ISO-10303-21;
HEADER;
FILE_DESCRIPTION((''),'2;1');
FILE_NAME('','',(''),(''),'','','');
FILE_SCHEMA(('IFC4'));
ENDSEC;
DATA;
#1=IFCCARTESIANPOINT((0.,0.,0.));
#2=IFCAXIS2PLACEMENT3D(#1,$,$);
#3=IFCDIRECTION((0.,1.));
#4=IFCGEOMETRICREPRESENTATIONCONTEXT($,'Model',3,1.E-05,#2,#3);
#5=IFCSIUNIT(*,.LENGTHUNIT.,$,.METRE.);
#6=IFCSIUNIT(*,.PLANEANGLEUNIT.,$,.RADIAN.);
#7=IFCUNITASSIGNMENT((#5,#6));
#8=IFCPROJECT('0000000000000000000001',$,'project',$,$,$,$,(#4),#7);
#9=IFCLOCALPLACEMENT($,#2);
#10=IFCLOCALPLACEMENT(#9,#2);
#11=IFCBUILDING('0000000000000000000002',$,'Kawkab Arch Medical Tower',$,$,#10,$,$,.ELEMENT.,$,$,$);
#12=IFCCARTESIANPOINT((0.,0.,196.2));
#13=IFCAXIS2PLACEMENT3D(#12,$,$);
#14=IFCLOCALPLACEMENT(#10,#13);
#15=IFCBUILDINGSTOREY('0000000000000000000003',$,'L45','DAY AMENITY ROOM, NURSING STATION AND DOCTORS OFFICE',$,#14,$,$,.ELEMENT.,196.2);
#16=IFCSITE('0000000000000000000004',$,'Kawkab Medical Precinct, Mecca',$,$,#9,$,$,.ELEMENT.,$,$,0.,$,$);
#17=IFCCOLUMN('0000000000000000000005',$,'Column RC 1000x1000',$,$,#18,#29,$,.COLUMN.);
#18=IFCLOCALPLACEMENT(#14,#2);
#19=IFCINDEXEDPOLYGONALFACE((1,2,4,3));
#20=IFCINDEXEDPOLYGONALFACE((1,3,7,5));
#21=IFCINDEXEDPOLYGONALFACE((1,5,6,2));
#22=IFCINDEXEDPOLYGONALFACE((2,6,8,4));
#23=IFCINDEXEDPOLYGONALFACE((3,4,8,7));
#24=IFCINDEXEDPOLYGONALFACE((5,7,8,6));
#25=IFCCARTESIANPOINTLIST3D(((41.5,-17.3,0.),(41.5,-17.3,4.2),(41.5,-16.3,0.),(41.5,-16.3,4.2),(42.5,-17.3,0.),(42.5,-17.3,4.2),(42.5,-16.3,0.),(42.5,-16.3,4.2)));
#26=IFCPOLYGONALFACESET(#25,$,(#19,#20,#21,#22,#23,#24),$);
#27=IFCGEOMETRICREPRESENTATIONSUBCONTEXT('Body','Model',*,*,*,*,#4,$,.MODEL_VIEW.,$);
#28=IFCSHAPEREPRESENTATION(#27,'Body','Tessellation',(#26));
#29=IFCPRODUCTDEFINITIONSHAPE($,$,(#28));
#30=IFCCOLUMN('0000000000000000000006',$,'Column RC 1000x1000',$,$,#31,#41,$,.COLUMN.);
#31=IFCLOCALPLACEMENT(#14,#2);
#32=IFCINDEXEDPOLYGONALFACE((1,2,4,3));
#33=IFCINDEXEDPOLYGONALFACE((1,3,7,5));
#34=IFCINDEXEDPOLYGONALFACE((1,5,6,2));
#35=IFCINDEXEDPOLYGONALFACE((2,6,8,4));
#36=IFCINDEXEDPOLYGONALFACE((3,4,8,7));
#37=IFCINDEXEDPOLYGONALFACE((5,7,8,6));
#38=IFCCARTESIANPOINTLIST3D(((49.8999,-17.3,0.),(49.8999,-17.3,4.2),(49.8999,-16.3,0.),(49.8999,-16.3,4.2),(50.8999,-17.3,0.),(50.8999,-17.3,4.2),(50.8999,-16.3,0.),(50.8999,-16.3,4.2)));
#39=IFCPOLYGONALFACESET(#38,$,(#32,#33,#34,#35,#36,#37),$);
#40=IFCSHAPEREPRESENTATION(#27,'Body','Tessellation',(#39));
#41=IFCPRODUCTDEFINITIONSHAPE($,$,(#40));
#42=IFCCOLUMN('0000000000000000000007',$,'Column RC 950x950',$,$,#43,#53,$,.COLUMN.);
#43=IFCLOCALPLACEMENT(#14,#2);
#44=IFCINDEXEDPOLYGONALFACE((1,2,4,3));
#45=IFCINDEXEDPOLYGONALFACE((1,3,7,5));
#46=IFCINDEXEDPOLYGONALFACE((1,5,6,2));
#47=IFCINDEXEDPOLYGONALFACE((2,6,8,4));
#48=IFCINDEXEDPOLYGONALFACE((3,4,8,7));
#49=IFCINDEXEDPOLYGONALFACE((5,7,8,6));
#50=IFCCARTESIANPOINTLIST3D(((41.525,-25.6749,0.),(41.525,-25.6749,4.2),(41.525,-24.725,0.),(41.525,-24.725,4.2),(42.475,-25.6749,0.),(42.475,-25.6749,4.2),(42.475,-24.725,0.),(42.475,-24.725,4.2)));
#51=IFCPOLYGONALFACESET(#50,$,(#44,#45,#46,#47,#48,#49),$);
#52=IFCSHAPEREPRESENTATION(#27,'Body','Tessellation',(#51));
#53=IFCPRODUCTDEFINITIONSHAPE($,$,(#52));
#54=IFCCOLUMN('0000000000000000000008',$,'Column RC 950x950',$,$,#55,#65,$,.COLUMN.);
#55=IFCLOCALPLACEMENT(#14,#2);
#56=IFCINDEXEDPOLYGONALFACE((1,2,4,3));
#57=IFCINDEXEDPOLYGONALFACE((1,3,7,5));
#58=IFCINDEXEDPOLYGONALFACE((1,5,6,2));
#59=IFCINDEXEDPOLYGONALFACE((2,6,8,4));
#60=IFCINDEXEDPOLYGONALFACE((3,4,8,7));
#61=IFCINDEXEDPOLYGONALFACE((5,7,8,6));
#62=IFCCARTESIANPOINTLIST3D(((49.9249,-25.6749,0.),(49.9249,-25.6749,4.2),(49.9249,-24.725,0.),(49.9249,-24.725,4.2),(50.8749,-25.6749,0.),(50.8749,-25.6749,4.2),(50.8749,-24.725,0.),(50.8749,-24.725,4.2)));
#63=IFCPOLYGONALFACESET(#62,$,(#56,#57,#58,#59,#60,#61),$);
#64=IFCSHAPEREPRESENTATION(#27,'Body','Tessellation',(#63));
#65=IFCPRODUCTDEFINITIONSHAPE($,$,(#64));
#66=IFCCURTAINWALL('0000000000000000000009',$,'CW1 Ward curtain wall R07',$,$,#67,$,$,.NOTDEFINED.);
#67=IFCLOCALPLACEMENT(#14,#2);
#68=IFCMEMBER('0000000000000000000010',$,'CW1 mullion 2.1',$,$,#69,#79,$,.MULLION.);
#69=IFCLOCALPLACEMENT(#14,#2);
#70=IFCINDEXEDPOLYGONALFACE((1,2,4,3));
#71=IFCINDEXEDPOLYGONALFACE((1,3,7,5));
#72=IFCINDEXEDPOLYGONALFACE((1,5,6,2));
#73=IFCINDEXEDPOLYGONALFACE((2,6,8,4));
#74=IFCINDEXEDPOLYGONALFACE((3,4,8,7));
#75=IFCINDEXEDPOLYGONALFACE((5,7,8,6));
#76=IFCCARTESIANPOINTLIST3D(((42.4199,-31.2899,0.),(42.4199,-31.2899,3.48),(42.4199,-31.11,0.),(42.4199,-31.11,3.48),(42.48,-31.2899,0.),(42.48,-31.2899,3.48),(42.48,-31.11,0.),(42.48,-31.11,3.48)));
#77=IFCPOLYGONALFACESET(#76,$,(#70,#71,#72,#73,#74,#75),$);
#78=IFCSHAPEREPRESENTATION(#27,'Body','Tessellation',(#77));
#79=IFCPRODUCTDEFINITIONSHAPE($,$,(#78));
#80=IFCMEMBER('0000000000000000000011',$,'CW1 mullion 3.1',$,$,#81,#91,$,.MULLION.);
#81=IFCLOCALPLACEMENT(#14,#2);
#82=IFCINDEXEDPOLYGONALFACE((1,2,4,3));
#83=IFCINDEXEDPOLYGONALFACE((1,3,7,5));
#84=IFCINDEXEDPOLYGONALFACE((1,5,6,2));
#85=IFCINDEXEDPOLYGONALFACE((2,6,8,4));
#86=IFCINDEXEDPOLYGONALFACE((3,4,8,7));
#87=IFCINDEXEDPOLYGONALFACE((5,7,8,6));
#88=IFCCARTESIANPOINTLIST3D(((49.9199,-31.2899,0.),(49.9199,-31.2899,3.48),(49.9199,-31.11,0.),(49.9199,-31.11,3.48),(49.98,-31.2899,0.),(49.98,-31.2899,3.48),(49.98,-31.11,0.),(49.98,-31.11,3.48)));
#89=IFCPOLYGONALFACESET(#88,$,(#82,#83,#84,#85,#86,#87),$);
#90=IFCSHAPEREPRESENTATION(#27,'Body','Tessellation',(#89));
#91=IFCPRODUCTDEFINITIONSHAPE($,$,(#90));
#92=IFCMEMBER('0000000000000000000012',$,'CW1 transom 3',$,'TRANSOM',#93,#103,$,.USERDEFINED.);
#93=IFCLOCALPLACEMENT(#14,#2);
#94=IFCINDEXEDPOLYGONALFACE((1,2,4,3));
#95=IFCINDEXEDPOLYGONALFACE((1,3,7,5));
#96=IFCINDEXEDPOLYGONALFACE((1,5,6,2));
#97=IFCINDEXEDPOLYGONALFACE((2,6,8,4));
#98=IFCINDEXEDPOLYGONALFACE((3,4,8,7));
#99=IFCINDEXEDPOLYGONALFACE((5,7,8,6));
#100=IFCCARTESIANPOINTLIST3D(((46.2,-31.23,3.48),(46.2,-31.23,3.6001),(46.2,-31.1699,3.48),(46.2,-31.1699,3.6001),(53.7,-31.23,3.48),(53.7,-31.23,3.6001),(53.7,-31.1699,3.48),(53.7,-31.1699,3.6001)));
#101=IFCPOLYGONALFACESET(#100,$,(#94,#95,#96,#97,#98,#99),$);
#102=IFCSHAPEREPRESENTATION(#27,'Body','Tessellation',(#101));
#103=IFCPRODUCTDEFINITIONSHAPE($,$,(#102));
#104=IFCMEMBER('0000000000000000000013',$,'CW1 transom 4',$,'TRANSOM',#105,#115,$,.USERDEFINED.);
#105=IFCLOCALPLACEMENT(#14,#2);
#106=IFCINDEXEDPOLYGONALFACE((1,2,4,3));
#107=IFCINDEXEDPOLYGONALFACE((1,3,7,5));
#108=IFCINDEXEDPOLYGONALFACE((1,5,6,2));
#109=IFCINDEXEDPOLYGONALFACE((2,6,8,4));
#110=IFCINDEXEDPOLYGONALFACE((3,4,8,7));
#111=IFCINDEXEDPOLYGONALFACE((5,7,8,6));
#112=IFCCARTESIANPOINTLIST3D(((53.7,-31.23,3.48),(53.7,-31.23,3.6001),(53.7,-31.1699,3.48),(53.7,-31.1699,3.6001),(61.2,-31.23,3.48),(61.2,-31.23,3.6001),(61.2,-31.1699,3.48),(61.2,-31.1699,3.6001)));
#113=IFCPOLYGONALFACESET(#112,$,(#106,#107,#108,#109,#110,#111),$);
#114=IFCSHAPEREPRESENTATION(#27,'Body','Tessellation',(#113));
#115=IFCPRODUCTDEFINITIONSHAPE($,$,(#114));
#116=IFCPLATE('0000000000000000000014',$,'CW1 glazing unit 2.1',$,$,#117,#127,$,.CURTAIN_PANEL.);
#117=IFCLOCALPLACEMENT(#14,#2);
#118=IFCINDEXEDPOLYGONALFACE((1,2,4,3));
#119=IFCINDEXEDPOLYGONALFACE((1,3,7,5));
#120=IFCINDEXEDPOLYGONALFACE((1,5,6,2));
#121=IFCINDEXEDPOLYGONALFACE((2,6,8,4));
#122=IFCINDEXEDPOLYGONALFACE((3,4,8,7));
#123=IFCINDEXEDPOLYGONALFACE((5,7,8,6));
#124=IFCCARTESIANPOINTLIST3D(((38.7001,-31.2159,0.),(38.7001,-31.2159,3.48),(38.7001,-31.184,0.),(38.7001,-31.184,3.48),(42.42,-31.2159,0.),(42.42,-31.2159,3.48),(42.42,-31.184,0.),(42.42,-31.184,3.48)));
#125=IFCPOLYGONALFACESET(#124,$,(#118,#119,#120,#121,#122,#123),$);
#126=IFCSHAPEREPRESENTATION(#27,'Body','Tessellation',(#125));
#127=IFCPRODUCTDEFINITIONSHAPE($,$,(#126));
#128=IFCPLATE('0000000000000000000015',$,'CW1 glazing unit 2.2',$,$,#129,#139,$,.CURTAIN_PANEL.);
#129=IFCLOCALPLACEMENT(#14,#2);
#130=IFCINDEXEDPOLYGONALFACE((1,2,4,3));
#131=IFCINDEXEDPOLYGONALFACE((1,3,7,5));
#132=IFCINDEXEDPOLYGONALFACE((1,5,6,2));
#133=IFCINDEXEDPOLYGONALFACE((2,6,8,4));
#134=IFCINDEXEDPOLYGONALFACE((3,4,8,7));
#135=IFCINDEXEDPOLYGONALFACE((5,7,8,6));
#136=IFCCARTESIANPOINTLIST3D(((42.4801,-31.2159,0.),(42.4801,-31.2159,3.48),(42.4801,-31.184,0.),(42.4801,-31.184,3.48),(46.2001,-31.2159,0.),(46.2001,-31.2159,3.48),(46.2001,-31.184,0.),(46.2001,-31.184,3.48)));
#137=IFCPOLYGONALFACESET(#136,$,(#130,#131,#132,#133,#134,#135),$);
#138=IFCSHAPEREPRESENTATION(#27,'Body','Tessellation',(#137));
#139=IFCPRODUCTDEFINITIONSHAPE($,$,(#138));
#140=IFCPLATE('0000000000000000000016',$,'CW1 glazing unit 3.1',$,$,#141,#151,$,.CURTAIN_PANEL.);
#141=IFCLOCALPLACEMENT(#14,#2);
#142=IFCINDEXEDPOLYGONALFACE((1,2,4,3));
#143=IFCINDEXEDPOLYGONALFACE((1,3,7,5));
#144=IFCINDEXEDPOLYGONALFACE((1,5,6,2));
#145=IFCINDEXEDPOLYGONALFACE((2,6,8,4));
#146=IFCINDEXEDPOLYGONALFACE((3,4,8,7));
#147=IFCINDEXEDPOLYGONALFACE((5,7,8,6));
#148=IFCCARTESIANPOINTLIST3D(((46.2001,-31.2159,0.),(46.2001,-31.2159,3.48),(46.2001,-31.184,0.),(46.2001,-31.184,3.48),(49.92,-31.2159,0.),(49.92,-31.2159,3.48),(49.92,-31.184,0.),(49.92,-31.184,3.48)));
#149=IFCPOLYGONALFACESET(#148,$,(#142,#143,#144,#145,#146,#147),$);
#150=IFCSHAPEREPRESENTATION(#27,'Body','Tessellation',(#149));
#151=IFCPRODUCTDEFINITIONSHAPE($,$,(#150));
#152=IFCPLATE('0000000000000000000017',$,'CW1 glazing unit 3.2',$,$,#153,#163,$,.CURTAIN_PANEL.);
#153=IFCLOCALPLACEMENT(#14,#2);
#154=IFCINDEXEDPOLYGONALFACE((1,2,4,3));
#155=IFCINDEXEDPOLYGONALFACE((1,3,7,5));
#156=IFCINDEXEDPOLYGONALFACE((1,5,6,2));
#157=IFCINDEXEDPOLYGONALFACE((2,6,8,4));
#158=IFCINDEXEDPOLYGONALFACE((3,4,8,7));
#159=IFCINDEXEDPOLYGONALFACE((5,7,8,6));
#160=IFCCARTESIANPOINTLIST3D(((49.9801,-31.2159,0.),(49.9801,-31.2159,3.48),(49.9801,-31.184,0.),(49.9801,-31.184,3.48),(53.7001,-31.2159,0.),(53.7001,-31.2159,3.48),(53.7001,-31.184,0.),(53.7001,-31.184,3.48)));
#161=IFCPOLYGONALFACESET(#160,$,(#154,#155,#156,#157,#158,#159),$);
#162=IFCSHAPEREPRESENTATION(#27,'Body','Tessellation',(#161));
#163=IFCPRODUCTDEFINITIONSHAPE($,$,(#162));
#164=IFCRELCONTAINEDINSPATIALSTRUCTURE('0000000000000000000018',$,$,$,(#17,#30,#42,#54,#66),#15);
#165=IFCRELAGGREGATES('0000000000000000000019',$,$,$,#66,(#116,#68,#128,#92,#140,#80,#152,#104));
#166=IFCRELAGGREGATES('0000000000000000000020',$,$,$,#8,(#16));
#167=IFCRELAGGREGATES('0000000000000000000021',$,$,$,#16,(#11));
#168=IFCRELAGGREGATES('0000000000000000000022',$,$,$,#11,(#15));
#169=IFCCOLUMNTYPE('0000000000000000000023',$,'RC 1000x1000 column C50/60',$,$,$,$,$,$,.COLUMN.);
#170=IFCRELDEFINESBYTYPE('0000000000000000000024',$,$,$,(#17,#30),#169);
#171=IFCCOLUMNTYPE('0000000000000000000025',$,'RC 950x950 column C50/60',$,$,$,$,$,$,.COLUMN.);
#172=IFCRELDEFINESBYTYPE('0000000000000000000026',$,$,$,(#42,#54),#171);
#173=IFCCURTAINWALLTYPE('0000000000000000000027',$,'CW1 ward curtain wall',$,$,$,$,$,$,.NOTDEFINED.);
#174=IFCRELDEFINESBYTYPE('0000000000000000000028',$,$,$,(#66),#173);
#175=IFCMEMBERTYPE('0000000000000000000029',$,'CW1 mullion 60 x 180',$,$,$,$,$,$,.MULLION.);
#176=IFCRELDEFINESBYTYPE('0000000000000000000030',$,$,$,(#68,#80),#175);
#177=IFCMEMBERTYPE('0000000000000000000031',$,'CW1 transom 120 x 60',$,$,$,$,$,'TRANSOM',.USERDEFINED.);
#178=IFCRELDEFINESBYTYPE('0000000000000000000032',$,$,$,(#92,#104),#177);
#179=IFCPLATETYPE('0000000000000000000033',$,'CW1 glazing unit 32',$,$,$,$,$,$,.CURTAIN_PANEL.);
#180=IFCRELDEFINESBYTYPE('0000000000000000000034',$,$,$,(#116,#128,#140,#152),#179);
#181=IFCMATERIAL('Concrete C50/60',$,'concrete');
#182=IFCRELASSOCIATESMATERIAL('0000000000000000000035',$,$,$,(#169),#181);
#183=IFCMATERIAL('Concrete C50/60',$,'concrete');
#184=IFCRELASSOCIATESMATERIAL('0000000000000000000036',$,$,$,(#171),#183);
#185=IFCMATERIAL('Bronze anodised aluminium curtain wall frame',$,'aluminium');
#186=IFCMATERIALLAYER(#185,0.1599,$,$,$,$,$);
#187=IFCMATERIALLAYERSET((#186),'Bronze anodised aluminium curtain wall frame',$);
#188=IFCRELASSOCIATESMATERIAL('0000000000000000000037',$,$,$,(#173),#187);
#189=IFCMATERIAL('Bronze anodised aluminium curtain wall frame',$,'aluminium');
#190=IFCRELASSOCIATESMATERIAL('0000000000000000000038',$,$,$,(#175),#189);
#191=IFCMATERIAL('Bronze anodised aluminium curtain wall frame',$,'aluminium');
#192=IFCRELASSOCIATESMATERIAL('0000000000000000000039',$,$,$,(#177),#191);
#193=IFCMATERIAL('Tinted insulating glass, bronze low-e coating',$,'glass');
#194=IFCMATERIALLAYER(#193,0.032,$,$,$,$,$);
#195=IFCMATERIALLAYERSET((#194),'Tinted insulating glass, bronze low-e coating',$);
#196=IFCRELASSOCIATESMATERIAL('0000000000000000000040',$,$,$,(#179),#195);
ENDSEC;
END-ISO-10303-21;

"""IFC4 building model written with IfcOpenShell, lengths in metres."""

from ifc_helpers import new_model, si_unit, direction, frame, origin, origin_2d, place, context, subcontext, project, spatial, rectangle, extrude, material, layer, layer_set, material_profile, profile_set, type_object, element, aggregate, save


model = new_model("IFC4")

# Units and contexts
model_context = context("Model", 3, precision=1e-05, world=origin(), true_north=direction((0.0, 1.0)))
body_context = subcontext(model_context, "Body", "Model", "MODEL_VIEW")
ifc_project = project(units=[si_unit("LENGTHUNIT", "METRE"), si_unit("PLANEANGLEUNIT", "RADIAN")], contexts=[model_context])

# Site, building, storey
site_placement = place(None, origin())
site = spatial("IfcSite", under=ifc_project, at=site_placement, Name="Kawkab Medical Precinct, Mecca", CompositionType="ELEMENT", RefElevation=0.0)
building_placement = place(site_placement, origin())
building = spatial("IfcBuilding", under=site, at=building_placement, Name="Kawkab Arch Medical Tower", CompositionType="ELEMENT")
storey_placement = place(building_placement, frame((0.0, 0.0, 196.2)))
storey = spatial("IfcBuildingStorey", under=building, at=storey_placement, Name="L45", Description="DAY AMENITY ROOM, NURSING STATION AND DOCTORS OFFICE", CompositionType="ELEMENT", Elevation=196.2)

# Columns
ifc_material_1 = material(Name="Concrete C50/60", Category="concrete")
ifc_material_profile_1 = material_profile(ifc_material_1, rectangle(XDim=1.0, YDim=1.0, at=origin_2d()), Name="RC 1000x1000")
ifc_profile_set_1 = profile_set([ifc_material_profile_1], Name="Concrete C50/60")
column_type_1 = type_object("IfcColumnType", Name="RC 1000x1000 column C50/60", PredefinedType="COLUMN", material=ifc_profile_set_1)
for number, where, z_axis, x_axis, name in (
    (1, (42.0, -16.8, 0.0), (0.0, 0.0, 1.0), (1.0, 0.0, 0.0), "Column RC 1000x1000"),
    (2, (50.3999, -16.8, 0.0), (0.0, 0.0, 1.0), (1.0, 0.0, 0.0), "Column RC 1000x1000"),
):
    element("IfcColumn", number, at=place(storey_placement, frame(where, z_axis=z_axis, x_axis=x_axis)), inside=storey, type_object=column_type_1, Name=name, PredefinedType="COLUMN", context=body_context, shape_type="SweptSolid", body=[
        extrude(rectangle(XDim=1.0, YDim=1.0, at=origin_2d()), origin(), (0.0, 0.0, 1.0), 4.2),
    ])
ifc_material_2 = material(Name="Concrete C50/60", Category="concrete")
ifc_material_profile_2 = material_profile(ifc_material_2, rectangle(XDim=0.95, YDim=0.95, at=origin_2d()), Name="RC 950x950")
ifc_profile_set_2 = profile_set([ifc_material_profile_2], Name="Concrete C50/60")
column_type_2 = type_object("IfcColumnType", Name="RC 950x950 column C50/60", PredefinedType="COLUMN", material=ifc_profile_set_2)
for number, where, z_axis, x_axis, name in (
    (3, (42.0, -25.2, 0.0), (0.0, 0.0, 1.0), (1.0, 0.0, 0.0), "Column RC 950x950"),
    (4, (50.3999, -25.2, 0.0), (0.0, 0.0, 1.0), (1.0, 0.0, 0.0), "Column RC 950x950"),
):
    element("IfcColumn", number, at=place(storey_placement, frame(where, z_axis=z_axis, x_axis=x_axis)), inside=storey, type_object=column_type_2, Name=name, PredefinedType="COLUMN", context=body_context, shape_type="SweptSolid", body=[
        extrude(rectangle(XDim=0.95, YDim=0.95, at=origin_2d()), origin(), (0.0, 0.0, 1.0), 4.2),
    ])

# Curtain wall, members, plates
ifc_material_3 = material(Name="Bronze anodised aluminium curtain wall frame", Category="aluminium")
ifc_layer_1 = layer(ifc_material_3, 0.1599)
ifc_layer_set_1 = layer_set([ifc_layer_1], Name="Bronze anodised aluminium curtain wall frame")
curtain_wall_type = type_object("IfcCurtainWallType", Name="CW1 ward curtain wall", PredefinedType="NOTDEFINED", material=ifc_layer_set_1)
curtain_wall_placement = place(storey_placement, origin())
curtain_wall = element("IfcCurtainWall", 5, at=curtain_wall_placement, inside=storey, type_object=curtain_wall_type, Name="CW1 Ward curtain wall R07", PredefinedType="NOTDEFINED")
ifc_material_4 = material(Name="Bronze anodised aluminium curtain wall frame", Category="aluminium")
ifc_material_profile_3 = material_profile(ifc_material_4, rectangle(XDim=0.1799, YDim=0.0601, at=origin_2d()), Name="AL 60x180")
ifc_profile_set_3 = profile_set([ifc_material_profile_3], Name="Bronze anodised aluminium curtain wall frame")
member_type_1 = type_object("IfcMemberType", Name="CW1 mullion 60 x 180", PredefinedType="MULLION", material=ifc_profile_set_3)
member_1_placement = place(storey_placement, frame((42.45, -31.2, 0.0), z_axis=(0.0, 0.0, 1.0), x_axis=(0.0, 1.0, 0.0)))
member_1 = element("IfcMember", 6, at=member_1_placement, type_object=member_type_1, Name="CW1 mullion 2.1", PredefinedType="MULLION", context=body_context, shape_type="SweptSolid", body=[
    extrude(rectangle(XDim=0.1799, YDim=0.0601, at=origin_2d()), origin(), (0.0, 0.0, 1.0), 3.48),
])
member_2_placement = place(storey_placement, frame((49.95, -31.2, 0.0), z_axis=(0.0, 0.0, 1.0), x_axis=(0.0, 1.0, 0.0)))
member_2 = element("IfcMember", 7, at=member_2_placement, type_object=member_type_1, Name="CW1 mullion 3.1", PredefinedType="MULLION", context=body_context, shape_type="SweptSolid", body=[
    extrude(rectangle(XDim=0.1799, YDim=0.0601, at=origin_2d()), origin(), (0.0, 0.0, 1.0), 3.48),
])
ifc_material_5 = material(Name="Bronze anodised aluminium curtain wall frame", Category="aluminium")
ifc_material_profile_4 = material_profile(ifc_material_5, rectangle(XDim=0.0601, YDim=0.1201, at=origin_2d()), Name="AL 60x120")
ifc_profile_set_4 = profile_set([ifc_material_profile_4], Name="Bronze anodised aluminium curtain wall frame")
member_type_2 = type_object("IfcMemberType", Name="CW1 transom 120 x 60", ElementType="TRANSOM", PredefinedType="USERDEFINED", material=ifc_profile_set_4)
member_3_placement = place(storey_placement, frame((46.2, -31.2, 3.54), z_axis=(1.0, 0.0, 0.0), x_axis=(0.0, 1.0, 0.0)))
member_3 = element("IfcMember", 8, at=member_3_placement, type_object=member_type_2, Name="CW1 transom 3", ObjectType="TRANSOM", PredefinedType="USERDEFINED", context=body_context, shape_type="SweptSolid", body=[
    extrude(rectangle(XDim=0.0601, YDim=0.1201, at=origin_2d()), origin(), (0.0, 0.0, 1.0), 7.5),
])
member_4_placement = place(storey_placement, frame((53.7, -31.2, 3.54), z_axis=(1.0, 0.0, 0.0), x_axis=(0.0, 1.0, 0.0)))
member_4 = element("IfcMember", 9, at=member_4_placement, type_object=member_type_2, Name="CW1 transom 4", ObjectType="TRANSOM", PredefinedType="USERDEFINED", context=body_context, shape_type="SweptSolid", body=[
    extrude(rectangle(XDim=0.0601, YDim=0.1201, at=origin_2d()), origin(), (0.0, 0.0, 1.0), 7.5),
])
ifc_material_6 = material(Name="Tinted insulating glass, bronze low-e coating", Category="glass")
ifc_layer_2 = layer(ifc_material_6, 0.032)
ifc_layer_set_2 = layer_set([ifc_layer_2], Name="Tinted insulating glass, bronze low-e coating")
plate_type = type_object("IfcPlateType", Name="CW1 glazing unit 32", PredefinedType="CURTAIN_PANEL", material=ifc_layer_set_2)
plate_1_placement = place(storey_placement, frame((40.5601, -31.2, 0.0), z_axis=(0.0, 0.0, 1.0), x_axis=(1.0, 0.0, 0.0)))
plate_1 = element("IfcPlate", 10, at=plate_1_placement, type_object=plate_type, Name="CW1 glazing unit 2.1", PredefinedType="CURTAIN_PANEL", context=body_context, shape_type="SweptSolid", body=[
    extrude(rectangle(XDim=3.72, YDim=0.032, at=origin_2d()), origin(), (0.0, 0.0, 1.0), 3.48),
])
plate_2_placement = place(storey_placement, frame((44.3401, -31.2, 0.0), z_axis=(0.0, 0.0, 1.0), x_axis=(1.0, 0.0, 0.0)))
plate_2 = element("IfcPlate", 11, at=plate_2_placement, type_object=plate_type, Name="CW1 glazing unit 2.2", PredefinedType="CURTAIN_PANEL", context=body_context, shape_type="SweptSolid", body=[
    extrude(rectangle(XDim=3.72, YDim=0.032, at=origin_2d()), origin(), (0.0, 0.0, 1.0), 3.48),
])
plate_3_placement = place(storey_placement, frame((48.0601, -31.2, 0.0), z_axis=(0.0, 0.0, 1.0), x_axis=(1.0, 0.0, 0.0)))
plate_3 = element("IfcPlate", 12, at=plate_3_placement, type_object=plate_type, Name="CW1 glazing unit 3.1", PredefinedType="CURTAIN_PANEL", context=body_context, shape_type="SweptSolid", body=[
    extrude(rectangle(XDim=3.72, YDim=0.032, at=origin_2d()), origin(), (0.0, 0.0, 1.0), 3.48),
])
plate_4_placement = place(storey_placement, frame((51.8401, -31.2, 0.0), z_axis=(0.0, 0.0, 1.0), x_axis=(1.0, 0.0, 0.0)))
plate_4 = element("IfcPlate", 13, at=plate_4_placement, type_object=plate_type, Name="CW1 glazing unit 3.2", PredefinedType="CURTAIN_PANEL", context=body_context, shape_type="SweptSolid", body=[
    extrude(rectangle(XDim=3.72, YDim=0.032, at=origin_2d()), origin(), (0.0, 0.0, 1.0), 3.48),
])
aggregate(curtain_wall, [plate_1, member_1, plate_2, member_3, plate_3, member_2, plate_4, member_4])

save(model, "model.ifc")
